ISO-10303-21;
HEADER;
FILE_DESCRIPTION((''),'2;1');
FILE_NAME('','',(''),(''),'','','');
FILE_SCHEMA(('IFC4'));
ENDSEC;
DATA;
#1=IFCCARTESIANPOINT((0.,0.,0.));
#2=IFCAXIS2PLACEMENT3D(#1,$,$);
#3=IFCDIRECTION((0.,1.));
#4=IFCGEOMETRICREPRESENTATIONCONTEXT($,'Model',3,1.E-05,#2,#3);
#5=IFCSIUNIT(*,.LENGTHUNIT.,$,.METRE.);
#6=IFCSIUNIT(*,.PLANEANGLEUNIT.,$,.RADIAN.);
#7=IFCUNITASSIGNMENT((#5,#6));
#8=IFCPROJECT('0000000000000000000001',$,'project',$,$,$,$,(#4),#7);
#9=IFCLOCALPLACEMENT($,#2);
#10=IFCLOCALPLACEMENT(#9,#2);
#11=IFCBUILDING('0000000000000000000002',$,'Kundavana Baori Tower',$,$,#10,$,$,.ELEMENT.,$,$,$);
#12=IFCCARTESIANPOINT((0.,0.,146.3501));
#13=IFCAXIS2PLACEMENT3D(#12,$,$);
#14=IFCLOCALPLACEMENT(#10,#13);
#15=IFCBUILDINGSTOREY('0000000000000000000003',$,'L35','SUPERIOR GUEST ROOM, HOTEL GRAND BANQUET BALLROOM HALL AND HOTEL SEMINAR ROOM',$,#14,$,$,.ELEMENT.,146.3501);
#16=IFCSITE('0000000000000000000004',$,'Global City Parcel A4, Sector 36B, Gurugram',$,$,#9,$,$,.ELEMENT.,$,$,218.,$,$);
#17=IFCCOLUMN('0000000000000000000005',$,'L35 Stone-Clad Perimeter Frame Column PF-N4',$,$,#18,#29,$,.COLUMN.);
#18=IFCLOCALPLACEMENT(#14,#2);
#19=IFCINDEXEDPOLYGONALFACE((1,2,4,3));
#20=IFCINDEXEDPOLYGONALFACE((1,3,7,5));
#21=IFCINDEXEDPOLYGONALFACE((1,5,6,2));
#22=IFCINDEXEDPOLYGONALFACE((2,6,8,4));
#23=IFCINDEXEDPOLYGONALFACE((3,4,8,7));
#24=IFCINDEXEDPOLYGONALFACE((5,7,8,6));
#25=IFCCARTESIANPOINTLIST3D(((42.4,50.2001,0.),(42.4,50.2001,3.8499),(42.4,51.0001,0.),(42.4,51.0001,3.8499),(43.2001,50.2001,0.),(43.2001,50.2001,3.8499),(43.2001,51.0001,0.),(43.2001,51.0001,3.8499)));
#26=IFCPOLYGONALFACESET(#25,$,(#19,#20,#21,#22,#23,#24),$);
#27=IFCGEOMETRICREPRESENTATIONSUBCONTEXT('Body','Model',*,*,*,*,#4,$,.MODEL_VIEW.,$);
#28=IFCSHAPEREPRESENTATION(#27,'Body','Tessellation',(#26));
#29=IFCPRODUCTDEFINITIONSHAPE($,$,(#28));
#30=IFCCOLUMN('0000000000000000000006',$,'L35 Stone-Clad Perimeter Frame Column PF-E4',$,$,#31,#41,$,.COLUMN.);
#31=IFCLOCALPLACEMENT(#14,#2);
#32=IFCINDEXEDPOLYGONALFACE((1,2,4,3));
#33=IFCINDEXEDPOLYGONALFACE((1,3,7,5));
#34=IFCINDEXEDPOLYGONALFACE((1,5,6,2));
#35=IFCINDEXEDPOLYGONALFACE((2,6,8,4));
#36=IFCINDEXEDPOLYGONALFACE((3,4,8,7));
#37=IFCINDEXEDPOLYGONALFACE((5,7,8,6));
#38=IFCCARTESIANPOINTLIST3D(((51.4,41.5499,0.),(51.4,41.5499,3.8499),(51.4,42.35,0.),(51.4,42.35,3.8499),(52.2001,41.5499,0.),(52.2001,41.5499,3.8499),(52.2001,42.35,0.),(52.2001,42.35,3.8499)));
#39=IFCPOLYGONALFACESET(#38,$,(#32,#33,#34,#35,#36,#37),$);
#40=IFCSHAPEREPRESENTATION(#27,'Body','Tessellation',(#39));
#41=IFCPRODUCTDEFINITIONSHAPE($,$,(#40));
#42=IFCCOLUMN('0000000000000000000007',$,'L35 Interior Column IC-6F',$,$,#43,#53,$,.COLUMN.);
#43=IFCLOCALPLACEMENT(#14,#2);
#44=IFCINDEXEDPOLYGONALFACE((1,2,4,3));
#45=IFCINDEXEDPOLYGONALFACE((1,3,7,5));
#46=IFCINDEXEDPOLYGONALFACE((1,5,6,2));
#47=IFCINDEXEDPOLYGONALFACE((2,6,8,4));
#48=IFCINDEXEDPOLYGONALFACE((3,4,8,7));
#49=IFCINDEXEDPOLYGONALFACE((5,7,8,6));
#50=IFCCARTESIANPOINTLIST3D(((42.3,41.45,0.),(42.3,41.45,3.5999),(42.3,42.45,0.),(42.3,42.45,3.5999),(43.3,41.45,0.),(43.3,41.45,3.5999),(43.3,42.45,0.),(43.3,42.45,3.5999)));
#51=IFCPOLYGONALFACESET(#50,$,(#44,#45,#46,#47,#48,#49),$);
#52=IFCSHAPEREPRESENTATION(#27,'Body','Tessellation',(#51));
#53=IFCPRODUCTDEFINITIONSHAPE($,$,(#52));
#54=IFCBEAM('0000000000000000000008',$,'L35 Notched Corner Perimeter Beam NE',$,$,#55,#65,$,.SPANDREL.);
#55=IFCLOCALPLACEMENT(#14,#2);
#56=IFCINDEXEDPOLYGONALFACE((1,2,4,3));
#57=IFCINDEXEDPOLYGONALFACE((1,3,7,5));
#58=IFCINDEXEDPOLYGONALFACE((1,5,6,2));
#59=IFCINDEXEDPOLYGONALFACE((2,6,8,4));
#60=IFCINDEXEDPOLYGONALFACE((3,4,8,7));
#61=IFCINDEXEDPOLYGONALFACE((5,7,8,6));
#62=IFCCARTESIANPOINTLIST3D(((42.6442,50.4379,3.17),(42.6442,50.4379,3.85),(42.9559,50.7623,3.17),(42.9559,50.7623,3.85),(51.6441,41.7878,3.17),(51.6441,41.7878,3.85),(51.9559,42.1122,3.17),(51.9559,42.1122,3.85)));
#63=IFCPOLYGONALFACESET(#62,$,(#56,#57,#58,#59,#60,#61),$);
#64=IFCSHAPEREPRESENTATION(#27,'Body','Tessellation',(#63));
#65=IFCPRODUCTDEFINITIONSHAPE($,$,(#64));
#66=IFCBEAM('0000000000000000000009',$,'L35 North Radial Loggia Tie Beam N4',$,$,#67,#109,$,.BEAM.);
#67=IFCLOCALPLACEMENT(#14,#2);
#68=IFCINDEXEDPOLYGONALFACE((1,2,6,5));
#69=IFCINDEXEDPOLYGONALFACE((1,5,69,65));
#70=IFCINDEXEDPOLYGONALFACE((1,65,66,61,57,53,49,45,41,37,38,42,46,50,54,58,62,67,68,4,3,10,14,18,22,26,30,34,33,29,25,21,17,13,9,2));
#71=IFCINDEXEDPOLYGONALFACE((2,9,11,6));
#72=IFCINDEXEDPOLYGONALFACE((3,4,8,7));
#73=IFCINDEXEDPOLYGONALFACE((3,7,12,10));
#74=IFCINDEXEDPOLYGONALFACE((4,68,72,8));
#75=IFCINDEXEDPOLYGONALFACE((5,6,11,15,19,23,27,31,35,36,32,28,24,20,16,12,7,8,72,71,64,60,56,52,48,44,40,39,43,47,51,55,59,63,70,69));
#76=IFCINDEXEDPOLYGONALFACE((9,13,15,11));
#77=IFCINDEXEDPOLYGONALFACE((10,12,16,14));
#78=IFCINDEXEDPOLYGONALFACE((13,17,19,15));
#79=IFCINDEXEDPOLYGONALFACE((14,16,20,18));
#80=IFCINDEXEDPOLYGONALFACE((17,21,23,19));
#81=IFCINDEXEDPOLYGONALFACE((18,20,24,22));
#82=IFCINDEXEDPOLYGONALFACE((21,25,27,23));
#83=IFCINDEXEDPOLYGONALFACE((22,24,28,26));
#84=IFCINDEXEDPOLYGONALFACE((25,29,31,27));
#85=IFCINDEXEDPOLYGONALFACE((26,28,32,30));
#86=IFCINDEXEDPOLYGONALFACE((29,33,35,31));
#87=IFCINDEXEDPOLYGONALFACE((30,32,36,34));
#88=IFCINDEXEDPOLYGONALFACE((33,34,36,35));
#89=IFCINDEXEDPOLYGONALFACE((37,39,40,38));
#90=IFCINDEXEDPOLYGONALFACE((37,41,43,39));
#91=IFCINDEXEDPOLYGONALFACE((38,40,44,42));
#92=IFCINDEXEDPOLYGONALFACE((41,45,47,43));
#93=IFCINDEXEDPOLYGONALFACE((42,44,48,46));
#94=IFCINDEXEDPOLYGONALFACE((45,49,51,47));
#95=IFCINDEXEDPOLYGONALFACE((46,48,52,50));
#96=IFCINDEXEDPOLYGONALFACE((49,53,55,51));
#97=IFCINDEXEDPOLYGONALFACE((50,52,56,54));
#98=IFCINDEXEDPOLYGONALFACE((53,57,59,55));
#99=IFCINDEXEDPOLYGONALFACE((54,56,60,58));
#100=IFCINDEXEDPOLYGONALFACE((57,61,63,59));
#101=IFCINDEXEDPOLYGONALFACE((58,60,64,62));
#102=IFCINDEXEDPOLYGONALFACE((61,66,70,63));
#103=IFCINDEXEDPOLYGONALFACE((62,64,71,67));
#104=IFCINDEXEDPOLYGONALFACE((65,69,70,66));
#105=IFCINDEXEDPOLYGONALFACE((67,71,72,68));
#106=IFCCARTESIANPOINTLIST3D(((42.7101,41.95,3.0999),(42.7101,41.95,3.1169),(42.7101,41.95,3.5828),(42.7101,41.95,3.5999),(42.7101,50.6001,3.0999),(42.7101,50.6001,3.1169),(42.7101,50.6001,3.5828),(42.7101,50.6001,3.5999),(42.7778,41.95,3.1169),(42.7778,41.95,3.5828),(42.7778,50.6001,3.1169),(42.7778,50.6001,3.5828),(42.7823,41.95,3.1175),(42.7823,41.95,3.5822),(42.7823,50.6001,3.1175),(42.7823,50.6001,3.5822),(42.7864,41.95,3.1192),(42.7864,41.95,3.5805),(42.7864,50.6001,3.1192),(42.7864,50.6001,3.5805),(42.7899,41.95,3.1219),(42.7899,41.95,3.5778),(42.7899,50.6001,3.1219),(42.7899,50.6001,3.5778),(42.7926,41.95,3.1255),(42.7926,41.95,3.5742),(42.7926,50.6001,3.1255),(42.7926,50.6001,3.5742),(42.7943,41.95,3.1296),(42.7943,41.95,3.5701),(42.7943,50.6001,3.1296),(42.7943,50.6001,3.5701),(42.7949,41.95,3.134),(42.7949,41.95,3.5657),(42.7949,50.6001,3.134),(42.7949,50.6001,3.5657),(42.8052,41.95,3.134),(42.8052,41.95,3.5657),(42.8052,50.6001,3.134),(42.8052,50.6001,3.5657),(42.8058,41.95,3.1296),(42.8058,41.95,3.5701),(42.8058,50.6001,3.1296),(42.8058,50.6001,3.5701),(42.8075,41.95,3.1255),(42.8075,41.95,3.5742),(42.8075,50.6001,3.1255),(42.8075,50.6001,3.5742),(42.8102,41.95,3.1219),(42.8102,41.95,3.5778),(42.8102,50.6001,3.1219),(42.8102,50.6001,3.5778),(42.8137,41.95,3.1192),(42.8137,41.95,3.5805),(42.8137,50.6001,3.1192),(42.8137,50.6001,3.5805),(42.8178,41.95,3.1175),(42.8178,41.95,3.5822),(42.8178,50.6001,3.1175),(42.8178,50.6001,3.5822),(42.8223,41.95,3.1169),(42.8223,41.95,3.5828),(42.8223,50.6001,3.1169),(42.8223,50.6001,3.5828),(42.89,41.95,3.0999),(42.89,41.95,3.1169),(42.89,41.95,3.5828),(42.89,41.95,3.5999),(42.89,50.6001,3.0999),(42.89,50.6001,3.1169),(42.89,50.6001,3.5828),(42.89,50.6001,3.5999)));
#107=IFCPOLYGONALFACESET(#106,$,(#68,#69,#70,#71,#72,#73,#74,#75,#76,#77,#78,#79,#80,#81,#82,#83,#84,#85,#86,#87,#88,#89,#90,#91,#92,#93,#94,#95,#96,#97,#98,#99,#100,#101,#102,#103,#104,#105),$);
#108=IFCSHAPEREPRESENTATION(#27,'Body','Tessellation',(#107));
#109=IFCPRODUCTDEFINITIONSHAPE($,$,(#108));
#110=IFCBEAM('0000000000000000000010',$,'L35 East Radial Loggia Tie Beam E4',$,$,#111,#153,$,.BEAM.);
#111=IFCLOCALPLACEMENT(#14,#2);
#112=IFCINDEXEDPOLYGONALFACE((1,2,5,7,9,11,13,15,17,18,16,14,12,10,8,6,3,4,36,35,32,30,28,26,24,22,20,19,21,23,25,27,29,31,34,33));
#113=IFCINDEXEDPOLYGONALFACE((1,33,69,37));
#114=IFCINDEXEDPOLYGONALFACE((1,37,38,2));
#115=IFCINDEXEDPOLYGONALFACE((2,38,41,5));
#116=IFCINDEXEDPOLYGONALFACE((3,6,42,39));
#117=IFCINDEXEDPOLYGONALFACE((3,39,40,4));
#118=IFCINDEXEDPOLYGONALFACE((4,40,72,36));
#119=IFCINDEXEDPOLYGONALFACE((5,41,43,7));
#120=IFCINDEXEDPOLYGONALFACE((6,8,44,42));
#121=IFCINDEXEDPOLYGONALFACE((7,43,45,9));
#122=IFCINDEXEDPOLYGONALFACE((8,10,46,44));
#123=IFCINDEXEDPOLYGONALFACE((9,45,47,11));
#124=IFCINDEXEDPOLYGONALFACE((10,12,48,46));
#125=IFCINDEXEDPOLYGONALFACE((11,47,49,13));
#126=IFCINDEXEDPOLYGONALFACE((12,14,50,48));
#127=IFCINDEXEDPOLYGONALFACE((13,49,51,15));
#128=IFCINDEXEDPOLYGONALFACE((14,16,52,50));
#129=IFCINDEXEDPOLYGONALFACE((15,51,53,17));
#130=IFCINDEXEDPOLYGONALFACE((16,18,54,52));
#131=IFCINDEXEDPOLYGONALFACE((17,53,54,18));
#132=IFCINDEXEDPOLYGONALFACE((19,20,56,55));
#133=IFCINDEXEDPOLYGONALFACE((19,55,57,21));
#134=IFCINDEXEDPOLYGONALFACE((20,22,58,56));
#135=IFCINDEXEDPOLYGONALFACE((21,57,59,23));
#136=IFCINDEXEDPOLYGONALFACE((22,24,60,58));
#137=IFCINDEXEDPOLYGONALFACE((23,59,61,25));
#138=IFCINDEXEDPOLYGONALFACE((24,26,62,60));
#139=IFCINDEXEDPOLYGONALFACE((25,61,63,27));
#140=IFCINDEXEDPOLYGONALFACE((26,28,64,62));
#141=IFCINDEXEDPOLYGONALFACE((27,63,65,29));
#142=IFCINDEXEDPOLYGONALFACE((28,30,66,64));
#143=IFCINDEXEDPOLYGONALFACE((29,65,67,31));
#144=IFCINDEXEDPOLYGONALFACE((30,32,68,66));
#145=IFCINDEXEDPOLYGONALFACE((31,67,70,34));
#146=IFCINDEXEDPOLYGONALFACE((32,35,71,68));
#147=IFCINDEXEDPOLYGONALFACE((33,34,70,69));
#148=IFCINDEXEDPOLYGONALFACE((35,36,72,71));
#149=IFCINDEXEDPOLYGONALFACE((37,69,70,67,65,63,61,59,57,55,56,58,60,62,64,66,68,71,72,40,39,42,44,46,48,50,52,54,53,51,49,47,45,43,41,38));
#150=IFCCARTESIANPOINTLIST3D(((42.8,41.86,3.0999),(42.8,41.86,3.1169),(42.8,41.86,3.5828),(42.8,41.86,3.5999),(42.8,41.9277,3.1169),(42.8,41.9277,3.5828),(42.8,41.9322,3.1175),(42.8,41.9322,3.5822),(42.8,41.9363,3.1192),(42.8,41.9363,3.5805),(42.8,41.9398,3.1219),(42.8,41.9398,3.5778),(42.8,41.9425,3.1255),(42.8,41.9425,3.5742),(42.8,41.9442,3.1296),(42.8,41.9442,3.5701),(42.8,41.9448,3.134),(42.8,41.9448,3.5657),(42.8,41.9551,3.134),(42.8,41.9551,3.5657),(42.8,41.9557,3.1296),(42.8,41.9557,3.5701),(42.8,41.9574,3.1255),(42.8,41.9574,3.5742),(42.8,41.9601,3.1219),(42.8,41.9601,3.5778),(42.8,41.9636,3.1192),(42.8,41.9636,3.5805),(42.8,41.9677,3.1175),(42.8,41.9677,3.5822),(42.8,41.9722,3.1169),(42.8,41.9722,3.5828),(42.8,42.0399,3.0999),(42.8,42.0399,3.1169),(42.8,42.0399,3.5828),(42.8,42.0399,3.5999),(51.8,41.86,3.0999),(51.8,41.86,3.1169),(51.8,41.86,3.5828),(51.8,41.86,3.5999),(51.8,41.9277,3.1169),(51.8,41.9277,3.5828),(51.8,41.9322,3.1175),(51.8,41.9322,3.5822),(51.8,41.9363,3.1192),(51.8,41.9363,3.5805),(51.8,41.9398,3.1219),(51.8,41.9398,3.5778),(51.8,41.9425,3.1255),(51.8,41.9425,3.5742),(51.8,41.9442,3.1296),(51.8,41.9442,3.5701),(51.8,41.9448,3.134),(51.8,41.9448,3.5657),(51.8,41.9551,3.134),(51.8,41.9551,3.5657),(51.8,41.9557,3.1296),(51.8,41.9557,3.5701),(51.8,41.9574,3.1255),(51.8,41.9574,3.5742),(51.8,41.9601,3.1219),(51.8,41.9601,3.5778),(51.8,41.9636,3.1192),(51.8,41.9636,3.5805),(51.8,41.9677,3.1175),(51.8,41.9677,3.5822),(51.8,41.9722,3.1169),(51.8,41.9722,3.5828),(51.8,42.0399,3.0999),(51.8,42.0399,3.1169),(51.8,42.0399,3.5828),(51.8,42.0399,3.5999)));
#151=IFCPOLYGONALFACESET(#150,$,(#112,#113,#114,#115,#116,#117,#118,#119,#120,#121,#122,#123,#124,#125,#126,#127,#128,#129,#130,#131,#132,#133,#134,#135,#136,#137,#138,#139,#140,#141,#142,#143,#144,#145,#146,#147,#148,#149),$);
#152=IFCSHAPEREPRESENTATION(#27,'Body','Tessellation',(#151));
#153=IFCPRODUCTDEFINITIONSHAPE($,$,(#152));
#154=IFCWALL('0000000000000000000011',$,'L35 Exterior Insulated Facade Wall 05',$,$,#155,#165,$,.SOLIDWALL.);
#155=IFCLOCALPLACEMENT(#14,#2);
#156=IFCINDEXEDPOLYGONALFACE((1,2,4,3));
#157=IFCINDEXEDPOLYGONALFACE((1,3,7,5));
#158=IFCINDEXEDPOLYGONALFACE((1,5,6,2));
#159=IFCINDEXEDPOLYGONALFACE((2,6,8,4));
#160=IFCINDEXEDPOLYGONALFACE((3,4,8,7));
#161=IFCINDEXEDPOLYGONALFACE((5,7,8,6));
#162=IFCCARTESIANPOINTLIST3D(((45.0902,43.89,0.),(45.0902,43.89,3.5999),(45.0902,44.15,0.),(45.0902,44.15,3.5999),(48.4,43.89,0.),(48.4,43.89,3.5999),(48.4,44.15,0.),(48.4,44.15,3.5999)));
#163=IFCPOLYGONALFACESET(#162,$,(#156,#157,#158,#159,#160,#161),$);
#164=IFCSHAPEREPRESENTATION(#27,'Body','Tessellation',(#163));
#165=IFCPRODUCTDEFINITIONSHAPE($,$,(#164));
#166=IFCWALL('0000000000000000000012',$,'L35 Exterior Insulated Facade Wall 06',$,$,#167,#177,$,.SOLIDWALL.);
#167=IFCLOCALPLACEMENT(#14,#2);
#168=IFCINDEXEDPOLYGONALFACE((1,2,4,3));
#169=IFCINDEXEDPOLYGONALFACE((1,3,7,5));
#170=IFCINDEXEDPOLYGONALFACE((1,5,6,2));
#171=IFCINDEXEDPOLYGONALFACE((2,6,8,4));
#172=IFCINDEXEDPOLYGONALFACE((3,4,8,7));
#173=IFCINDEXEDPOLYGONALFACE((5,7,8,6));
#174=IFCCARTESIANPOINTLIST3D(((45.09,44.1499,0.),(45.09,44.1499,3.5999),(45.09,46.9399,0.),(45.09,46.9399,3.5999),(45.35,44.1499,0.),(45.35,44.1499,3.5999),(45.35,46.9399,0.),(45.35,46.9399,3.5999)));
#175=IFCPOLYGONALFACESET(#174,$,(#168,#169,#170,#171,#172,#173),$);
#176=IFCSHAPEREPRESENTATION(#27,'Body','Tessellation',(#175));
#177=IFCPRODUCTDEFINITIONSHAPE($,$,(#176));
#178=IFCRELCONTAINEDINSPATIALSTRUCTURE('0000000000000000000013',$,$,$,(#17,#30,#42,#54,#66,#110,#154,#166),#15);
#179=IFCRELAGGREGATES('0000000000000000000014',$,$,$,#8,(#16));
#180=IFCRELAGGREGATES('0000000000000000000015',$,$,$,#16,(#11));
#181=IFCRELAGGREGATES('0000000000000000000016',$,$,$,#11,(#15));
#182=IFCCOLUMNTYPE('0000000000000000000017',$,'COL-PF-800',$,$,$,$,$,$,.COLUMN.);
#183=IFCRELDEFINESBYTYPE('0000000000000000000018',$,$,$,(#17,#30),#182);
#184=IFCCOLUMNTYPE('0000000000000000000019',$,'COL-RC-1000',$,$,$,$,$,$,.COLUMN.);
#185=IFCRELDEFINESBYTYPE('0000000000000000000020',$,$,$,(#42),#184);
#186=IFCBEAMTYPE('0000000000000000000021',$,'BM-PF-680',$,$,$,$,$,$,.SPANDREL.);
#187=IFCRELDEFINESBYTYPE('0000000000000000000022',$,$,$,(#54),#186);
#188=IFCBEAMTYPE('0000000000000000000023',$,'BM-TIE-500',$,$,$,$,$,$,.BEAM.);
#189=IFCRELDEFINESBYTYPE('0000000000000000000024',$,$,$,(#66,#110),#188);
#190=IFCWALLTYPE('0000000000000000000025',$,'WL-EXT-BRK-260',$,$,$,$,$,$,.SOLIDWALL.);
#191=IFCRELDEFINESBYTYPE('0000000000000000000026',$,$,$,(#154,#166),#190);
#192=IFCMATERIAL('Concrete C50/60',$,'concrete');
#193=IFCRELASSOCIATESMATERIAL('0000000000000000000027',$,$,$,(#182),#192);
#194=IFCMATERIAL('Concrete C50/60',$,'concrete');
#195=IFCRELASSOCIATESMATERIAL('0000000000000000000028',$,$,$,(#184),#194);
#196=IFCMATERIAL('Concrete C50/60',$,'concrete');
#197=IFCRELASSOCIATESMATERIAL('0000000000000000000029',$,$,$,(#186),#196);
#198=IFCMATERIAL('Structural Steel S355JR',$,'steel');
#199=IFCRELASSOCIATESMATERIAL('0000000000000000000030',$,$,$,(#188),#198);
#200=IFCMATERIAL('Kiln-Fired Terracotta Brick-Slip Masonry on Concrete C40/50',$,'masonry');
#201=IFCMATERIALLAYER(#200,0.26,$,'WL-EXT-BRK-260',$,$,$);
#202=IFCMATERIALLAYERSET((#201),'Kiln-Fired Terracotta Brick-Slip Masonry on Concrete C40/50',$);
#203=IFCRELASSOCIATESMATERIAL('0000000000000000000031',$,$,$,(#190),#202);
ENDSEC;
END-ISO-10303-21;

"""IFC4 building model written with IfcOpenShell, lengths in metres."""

from ifc_helpers import new_model, si_unit, direction, frame, frame_2d, origin, origin_2d, place, context, subcontext, project, spatial, rectangle, i_section, extrude, material, layer, layer_set, material_profile, profile_set, type_object, element, save


model = new_model("IFC4")

# Units and contexts
model_context = context("Model", 3, precision=1e-05, world=origin(), true_north=direction((0.0, 1.0)))
body_context = subcontext(model_context, "Body", "Model", "MODEL_VIEW")
ifc_project = project(units=[si_unit("LENGTHUNIT", "METRE"), si_unit("PLANEANGLEUNIT", "RADIAN")], contexts=[model_context])

# Site, building, storey
site_placement = place(None, origin())
site = spatial("IfcSite", under=ifc_project, at=site_placement, Name="Global City Parcel A4, Sector 36B, Gurugram", CompositionType="ELEMENT", RefElevation=218.0)
building_placement = place(site_placement, origin())
building = spatial("IfcBuilding", under=site, at=building_placement, Name="Kundavana Baori Tower", CompositionType="ELEMENT")
storey_placement = place(building_placement, frame((0.0, 0.0, 146.3501)))
storey = spatial("IfcBuildingStorey", under=building, at=storey_placement, Name="L35", Description="SUPERIOR GUEST ROOM, HOTEL GRAND BANQUET BALLROOM HALL AND HOTEL SEMINAR ROOM", CompositionType="ELEMENT", Elevation=146.3501)

# Columns
ifc_material_1 = material(Name="Concrete C50/60", Category="concrete")
ifc_material_profile_1 = material_profile(ifc_material_1, rectangle(XDim=0.8, YDim=0.8, at=origin_2d()), Name="RC PF 800x800")
ifc_profile_set_1 = profile_set([ifc_material_profile_1], Name="Concrete C50/60")
column_type_1 = type_object("IfcColumnType", Name="COL-PF-800", PredefinedType="COLUMN", material=ifc_profile_set_1)
for number, where, z_axis, x_axis, name in (
    (1, (42.8, 50.6001, 0.0), (0.0, 0.0, 1.0), (1.0, 0.0, 0.0), "L35 Stone-Clad Perimeter Frame Column PF-N4"),
    (2, (51.8, 41.95, 0.0), (0.0, 0.0, 1.0), (1.0, 0.0, 0.0), "L35 Stone-Clad Perimeter Frame Column PF-E4"),
):
    element("IfcColumn", number, at=place(storey_placement, frame(where, z_axis=z_axis, x_axis=x_axis)), inside=storey, type_object=column_type_1, Name=name, PredefinedType="COLUMN", context=body_context, shape_type="SweptSolid", body=[
        extrude(rectangle(XDim=0.8, YDim=0.8, at=origin_2d()), origin(), (0.0, 0.0, 1.0), 3.8499),
    ])
ifc_material_2 = material(Name="Concrete C50/60", Category="concrete")
ifc_material_profile_2 = material_profile(ifc_material_2, rectangle(XDim=1.0, YDim=1.0, at=origin_2d()), Name="RC 1000x1000")
ifc_profile_set_2 = profile_set([ifc_material_profile_2], Name="Concrete C50/60")
column_type_2 = type_object("IfcColumnType", Name="COL-RC-1000", PredefinedType="COLUMN", material=ifc_profile_set_2)
column_placement = place(storey_placement, frame((42.8, 41.95, 0.0), z_axis=(0.0, 0.0, 1.0), x_axis=(1.0, 0.0, 0.0)))
element("IfcColumn", 3, at=column_placement, inside=storey, type_object=column_type_2, Name="L35 Interior Column IC-6F", PredefinedType="COLUMN", context=body_context, shape_type="SweptSolid", body=[
    extrude(rectangle(XDim=1.0, YDim=1.0, at=origin_2d()), origin(), (0.0, 0.0, 1.0), 3.5999),
])

# Beams
ifc_material_3 = material(Name="Concrete C50/60", Category="concrete")
ifc_material_profile_3 = material_profile(ifc_material_3, rectangle(XDim=0.45, YDim=0.6799, at=origin_2d()), Name="RC BM 450x680")
ifc_profile_set_3 = profile_set([ifc_material_profile_3], Name="Concrete C50/60")
beam_type_1 = type_object("IfcBeamType", Name="BM-PF-680", PredefinedType="SPANDREL", material=ifc_profile_set_3)
beam_1_placement = place(storey_placement, frame((42.8, 50.6001, 3.51), z_axis=(0.720981, -0.692955, 0.0), x_axis=(0.692955, 0.720981, 0.0)))
element("IfcBeam", 4, at=beam_1_placement, inside=storey, type_object=beam_type_1, Name="L35 Notched Corner Perimeter Beam NE", PredefinedType="SPANDREL", context=body_context, shape_type="SweptSolid", body=[
    extrude(rectangle(XDim=0.45, YDim=0.6799, at=origin_2d()), origin(), (0.0, 0.0, 1.0), 12.4829),
])
ifc_material_4 = material(Name="Structural Steel S355JR", Category="steel")
ifc_material_profile_4 = material_profile(ifc_material_4, i_section(OverallWidth=0.1799, OverallDepth=0.5, WebThickness=0.0103, FlangeThickness=0.0171, FilletRadius=0.0171, at=origin_2d()), Name="ISMB 500")
ifc_profile_set_4 = profile_set([ifc_material_profile_4], Name="Structural Steel S355JR")
beam_type_2 = type_object("IfcBeamType", Name="BM-TIE-500", PredefinedType="BEAM", material=ifc_profile_set_4)
beam_2_placement = place(storey_placement, frame((42.8, 41.95, 3.3499), z_axis=(0.0, 1.0, 0.0), x_axis=(-1.0, 0.0, 0.0)))
element("IfcBeam", 5, at=beam_2_placement, inside=storey, type_object=beam_type_2, Name="L35 North Radial Loggia Tie Beam N4", PredefinedType="BEAM", context=body_context, shape_type="SweptSolid", body=[
    extrude(i_section(OverallWidth=0.1799, OverallDepth=0.5, WebThickness=0.0103, FlangeThickness=0.0171, FilletRadius=0.0171, at=origin_2d()), origin(), (0.0, 0.0, 1.0), 8.6501),
])
beam_3_placement = place(storey_placement, frame((42.8, 41.95, 3.3499), z_axis=(1.0, 0.0, 0.0), x_axis=(0.0, 1.0, 0.0)))
element("IfcBeam", 6, at=beam_3_placement, inside=storey, type_object=beam_type_2, Name="L35 East Radial Loggia Tie Beam E4", PredefinedType="BEAM", context=body_context, shape_type="SweptSolid", body=[
    extrude(i_section(OverallWidth=0.1799, OverallDepth=0.5, WebThickness=0.0103, FlangeThickness=0.0171, FilletRadius=0.0171, at=origin_2d()), origin(), (0.0, 0.0, 1.0), 9.0),
])

# Walls
ifc_material_5 = material(Name="Kiln-Fired Terracotta Brick-Slip Masonry on Concrete C40/50", Category="masonry")
ifc_layer_1 = layer(ifc_material_5, 0.26, Name="WL-EXT-BRK-260")
ifc_layer_set_1 = layer_set([ifc_layer_1], Name="Kiln-Fired Terracotta Brick-Slip Masonry on Concrete C40/50")
wall_type_1 = type_object("IfcWallType", Name="WL-EXT-BRK-260", PredefinedType="SOLIDWALL", material=ifc_layer_set_1)
wall_1_placement = place(storey_placement, frame((48.3999, 44.02, 0.0), z_axis=(0.0, 0.0, 1.0), x_axis=(-1.0, 0.0, 0.0)))
element("IfcWall", 7, at=wall_1_placement, inside=storey, type_object=wall_type_1, Name="L35 Exterior Insulated Facade Wall 05", PredefinedType="SOLIDWALL", context=body_context, shape_type="SweptSolid", body=[
    extrude(rectangle(XDim=3.3098, YDim=0.26, at=frame_2d((1.6548, 0.0))), origin(), (0.0, 0.0, 1.0), 3.5999),
])
wall_2_placement = place(storey_placement, frame((45.22, 44.1499, 0.0), z_axis=(0.0, 0.0, 1.0), x_axis=(0.0, 1.0, 0.0)))
element("IfcWall", 8, at=wall_2_placement, inside=storey, type_object=wall_type_1, Name="L35 Exterior Insulated Facade Wall 06", PredefinedType="SOLIDWALL", context=body_context, shape_type="SweptSolid", body=[
    extrude(rectangle(XDim=2.79, YDim=0.26, at=frame_2d((1.395, 0.0))), origin(), (0.0, 0.0, 1.0), 3.5999),
])

save(model, "model.ifc")
